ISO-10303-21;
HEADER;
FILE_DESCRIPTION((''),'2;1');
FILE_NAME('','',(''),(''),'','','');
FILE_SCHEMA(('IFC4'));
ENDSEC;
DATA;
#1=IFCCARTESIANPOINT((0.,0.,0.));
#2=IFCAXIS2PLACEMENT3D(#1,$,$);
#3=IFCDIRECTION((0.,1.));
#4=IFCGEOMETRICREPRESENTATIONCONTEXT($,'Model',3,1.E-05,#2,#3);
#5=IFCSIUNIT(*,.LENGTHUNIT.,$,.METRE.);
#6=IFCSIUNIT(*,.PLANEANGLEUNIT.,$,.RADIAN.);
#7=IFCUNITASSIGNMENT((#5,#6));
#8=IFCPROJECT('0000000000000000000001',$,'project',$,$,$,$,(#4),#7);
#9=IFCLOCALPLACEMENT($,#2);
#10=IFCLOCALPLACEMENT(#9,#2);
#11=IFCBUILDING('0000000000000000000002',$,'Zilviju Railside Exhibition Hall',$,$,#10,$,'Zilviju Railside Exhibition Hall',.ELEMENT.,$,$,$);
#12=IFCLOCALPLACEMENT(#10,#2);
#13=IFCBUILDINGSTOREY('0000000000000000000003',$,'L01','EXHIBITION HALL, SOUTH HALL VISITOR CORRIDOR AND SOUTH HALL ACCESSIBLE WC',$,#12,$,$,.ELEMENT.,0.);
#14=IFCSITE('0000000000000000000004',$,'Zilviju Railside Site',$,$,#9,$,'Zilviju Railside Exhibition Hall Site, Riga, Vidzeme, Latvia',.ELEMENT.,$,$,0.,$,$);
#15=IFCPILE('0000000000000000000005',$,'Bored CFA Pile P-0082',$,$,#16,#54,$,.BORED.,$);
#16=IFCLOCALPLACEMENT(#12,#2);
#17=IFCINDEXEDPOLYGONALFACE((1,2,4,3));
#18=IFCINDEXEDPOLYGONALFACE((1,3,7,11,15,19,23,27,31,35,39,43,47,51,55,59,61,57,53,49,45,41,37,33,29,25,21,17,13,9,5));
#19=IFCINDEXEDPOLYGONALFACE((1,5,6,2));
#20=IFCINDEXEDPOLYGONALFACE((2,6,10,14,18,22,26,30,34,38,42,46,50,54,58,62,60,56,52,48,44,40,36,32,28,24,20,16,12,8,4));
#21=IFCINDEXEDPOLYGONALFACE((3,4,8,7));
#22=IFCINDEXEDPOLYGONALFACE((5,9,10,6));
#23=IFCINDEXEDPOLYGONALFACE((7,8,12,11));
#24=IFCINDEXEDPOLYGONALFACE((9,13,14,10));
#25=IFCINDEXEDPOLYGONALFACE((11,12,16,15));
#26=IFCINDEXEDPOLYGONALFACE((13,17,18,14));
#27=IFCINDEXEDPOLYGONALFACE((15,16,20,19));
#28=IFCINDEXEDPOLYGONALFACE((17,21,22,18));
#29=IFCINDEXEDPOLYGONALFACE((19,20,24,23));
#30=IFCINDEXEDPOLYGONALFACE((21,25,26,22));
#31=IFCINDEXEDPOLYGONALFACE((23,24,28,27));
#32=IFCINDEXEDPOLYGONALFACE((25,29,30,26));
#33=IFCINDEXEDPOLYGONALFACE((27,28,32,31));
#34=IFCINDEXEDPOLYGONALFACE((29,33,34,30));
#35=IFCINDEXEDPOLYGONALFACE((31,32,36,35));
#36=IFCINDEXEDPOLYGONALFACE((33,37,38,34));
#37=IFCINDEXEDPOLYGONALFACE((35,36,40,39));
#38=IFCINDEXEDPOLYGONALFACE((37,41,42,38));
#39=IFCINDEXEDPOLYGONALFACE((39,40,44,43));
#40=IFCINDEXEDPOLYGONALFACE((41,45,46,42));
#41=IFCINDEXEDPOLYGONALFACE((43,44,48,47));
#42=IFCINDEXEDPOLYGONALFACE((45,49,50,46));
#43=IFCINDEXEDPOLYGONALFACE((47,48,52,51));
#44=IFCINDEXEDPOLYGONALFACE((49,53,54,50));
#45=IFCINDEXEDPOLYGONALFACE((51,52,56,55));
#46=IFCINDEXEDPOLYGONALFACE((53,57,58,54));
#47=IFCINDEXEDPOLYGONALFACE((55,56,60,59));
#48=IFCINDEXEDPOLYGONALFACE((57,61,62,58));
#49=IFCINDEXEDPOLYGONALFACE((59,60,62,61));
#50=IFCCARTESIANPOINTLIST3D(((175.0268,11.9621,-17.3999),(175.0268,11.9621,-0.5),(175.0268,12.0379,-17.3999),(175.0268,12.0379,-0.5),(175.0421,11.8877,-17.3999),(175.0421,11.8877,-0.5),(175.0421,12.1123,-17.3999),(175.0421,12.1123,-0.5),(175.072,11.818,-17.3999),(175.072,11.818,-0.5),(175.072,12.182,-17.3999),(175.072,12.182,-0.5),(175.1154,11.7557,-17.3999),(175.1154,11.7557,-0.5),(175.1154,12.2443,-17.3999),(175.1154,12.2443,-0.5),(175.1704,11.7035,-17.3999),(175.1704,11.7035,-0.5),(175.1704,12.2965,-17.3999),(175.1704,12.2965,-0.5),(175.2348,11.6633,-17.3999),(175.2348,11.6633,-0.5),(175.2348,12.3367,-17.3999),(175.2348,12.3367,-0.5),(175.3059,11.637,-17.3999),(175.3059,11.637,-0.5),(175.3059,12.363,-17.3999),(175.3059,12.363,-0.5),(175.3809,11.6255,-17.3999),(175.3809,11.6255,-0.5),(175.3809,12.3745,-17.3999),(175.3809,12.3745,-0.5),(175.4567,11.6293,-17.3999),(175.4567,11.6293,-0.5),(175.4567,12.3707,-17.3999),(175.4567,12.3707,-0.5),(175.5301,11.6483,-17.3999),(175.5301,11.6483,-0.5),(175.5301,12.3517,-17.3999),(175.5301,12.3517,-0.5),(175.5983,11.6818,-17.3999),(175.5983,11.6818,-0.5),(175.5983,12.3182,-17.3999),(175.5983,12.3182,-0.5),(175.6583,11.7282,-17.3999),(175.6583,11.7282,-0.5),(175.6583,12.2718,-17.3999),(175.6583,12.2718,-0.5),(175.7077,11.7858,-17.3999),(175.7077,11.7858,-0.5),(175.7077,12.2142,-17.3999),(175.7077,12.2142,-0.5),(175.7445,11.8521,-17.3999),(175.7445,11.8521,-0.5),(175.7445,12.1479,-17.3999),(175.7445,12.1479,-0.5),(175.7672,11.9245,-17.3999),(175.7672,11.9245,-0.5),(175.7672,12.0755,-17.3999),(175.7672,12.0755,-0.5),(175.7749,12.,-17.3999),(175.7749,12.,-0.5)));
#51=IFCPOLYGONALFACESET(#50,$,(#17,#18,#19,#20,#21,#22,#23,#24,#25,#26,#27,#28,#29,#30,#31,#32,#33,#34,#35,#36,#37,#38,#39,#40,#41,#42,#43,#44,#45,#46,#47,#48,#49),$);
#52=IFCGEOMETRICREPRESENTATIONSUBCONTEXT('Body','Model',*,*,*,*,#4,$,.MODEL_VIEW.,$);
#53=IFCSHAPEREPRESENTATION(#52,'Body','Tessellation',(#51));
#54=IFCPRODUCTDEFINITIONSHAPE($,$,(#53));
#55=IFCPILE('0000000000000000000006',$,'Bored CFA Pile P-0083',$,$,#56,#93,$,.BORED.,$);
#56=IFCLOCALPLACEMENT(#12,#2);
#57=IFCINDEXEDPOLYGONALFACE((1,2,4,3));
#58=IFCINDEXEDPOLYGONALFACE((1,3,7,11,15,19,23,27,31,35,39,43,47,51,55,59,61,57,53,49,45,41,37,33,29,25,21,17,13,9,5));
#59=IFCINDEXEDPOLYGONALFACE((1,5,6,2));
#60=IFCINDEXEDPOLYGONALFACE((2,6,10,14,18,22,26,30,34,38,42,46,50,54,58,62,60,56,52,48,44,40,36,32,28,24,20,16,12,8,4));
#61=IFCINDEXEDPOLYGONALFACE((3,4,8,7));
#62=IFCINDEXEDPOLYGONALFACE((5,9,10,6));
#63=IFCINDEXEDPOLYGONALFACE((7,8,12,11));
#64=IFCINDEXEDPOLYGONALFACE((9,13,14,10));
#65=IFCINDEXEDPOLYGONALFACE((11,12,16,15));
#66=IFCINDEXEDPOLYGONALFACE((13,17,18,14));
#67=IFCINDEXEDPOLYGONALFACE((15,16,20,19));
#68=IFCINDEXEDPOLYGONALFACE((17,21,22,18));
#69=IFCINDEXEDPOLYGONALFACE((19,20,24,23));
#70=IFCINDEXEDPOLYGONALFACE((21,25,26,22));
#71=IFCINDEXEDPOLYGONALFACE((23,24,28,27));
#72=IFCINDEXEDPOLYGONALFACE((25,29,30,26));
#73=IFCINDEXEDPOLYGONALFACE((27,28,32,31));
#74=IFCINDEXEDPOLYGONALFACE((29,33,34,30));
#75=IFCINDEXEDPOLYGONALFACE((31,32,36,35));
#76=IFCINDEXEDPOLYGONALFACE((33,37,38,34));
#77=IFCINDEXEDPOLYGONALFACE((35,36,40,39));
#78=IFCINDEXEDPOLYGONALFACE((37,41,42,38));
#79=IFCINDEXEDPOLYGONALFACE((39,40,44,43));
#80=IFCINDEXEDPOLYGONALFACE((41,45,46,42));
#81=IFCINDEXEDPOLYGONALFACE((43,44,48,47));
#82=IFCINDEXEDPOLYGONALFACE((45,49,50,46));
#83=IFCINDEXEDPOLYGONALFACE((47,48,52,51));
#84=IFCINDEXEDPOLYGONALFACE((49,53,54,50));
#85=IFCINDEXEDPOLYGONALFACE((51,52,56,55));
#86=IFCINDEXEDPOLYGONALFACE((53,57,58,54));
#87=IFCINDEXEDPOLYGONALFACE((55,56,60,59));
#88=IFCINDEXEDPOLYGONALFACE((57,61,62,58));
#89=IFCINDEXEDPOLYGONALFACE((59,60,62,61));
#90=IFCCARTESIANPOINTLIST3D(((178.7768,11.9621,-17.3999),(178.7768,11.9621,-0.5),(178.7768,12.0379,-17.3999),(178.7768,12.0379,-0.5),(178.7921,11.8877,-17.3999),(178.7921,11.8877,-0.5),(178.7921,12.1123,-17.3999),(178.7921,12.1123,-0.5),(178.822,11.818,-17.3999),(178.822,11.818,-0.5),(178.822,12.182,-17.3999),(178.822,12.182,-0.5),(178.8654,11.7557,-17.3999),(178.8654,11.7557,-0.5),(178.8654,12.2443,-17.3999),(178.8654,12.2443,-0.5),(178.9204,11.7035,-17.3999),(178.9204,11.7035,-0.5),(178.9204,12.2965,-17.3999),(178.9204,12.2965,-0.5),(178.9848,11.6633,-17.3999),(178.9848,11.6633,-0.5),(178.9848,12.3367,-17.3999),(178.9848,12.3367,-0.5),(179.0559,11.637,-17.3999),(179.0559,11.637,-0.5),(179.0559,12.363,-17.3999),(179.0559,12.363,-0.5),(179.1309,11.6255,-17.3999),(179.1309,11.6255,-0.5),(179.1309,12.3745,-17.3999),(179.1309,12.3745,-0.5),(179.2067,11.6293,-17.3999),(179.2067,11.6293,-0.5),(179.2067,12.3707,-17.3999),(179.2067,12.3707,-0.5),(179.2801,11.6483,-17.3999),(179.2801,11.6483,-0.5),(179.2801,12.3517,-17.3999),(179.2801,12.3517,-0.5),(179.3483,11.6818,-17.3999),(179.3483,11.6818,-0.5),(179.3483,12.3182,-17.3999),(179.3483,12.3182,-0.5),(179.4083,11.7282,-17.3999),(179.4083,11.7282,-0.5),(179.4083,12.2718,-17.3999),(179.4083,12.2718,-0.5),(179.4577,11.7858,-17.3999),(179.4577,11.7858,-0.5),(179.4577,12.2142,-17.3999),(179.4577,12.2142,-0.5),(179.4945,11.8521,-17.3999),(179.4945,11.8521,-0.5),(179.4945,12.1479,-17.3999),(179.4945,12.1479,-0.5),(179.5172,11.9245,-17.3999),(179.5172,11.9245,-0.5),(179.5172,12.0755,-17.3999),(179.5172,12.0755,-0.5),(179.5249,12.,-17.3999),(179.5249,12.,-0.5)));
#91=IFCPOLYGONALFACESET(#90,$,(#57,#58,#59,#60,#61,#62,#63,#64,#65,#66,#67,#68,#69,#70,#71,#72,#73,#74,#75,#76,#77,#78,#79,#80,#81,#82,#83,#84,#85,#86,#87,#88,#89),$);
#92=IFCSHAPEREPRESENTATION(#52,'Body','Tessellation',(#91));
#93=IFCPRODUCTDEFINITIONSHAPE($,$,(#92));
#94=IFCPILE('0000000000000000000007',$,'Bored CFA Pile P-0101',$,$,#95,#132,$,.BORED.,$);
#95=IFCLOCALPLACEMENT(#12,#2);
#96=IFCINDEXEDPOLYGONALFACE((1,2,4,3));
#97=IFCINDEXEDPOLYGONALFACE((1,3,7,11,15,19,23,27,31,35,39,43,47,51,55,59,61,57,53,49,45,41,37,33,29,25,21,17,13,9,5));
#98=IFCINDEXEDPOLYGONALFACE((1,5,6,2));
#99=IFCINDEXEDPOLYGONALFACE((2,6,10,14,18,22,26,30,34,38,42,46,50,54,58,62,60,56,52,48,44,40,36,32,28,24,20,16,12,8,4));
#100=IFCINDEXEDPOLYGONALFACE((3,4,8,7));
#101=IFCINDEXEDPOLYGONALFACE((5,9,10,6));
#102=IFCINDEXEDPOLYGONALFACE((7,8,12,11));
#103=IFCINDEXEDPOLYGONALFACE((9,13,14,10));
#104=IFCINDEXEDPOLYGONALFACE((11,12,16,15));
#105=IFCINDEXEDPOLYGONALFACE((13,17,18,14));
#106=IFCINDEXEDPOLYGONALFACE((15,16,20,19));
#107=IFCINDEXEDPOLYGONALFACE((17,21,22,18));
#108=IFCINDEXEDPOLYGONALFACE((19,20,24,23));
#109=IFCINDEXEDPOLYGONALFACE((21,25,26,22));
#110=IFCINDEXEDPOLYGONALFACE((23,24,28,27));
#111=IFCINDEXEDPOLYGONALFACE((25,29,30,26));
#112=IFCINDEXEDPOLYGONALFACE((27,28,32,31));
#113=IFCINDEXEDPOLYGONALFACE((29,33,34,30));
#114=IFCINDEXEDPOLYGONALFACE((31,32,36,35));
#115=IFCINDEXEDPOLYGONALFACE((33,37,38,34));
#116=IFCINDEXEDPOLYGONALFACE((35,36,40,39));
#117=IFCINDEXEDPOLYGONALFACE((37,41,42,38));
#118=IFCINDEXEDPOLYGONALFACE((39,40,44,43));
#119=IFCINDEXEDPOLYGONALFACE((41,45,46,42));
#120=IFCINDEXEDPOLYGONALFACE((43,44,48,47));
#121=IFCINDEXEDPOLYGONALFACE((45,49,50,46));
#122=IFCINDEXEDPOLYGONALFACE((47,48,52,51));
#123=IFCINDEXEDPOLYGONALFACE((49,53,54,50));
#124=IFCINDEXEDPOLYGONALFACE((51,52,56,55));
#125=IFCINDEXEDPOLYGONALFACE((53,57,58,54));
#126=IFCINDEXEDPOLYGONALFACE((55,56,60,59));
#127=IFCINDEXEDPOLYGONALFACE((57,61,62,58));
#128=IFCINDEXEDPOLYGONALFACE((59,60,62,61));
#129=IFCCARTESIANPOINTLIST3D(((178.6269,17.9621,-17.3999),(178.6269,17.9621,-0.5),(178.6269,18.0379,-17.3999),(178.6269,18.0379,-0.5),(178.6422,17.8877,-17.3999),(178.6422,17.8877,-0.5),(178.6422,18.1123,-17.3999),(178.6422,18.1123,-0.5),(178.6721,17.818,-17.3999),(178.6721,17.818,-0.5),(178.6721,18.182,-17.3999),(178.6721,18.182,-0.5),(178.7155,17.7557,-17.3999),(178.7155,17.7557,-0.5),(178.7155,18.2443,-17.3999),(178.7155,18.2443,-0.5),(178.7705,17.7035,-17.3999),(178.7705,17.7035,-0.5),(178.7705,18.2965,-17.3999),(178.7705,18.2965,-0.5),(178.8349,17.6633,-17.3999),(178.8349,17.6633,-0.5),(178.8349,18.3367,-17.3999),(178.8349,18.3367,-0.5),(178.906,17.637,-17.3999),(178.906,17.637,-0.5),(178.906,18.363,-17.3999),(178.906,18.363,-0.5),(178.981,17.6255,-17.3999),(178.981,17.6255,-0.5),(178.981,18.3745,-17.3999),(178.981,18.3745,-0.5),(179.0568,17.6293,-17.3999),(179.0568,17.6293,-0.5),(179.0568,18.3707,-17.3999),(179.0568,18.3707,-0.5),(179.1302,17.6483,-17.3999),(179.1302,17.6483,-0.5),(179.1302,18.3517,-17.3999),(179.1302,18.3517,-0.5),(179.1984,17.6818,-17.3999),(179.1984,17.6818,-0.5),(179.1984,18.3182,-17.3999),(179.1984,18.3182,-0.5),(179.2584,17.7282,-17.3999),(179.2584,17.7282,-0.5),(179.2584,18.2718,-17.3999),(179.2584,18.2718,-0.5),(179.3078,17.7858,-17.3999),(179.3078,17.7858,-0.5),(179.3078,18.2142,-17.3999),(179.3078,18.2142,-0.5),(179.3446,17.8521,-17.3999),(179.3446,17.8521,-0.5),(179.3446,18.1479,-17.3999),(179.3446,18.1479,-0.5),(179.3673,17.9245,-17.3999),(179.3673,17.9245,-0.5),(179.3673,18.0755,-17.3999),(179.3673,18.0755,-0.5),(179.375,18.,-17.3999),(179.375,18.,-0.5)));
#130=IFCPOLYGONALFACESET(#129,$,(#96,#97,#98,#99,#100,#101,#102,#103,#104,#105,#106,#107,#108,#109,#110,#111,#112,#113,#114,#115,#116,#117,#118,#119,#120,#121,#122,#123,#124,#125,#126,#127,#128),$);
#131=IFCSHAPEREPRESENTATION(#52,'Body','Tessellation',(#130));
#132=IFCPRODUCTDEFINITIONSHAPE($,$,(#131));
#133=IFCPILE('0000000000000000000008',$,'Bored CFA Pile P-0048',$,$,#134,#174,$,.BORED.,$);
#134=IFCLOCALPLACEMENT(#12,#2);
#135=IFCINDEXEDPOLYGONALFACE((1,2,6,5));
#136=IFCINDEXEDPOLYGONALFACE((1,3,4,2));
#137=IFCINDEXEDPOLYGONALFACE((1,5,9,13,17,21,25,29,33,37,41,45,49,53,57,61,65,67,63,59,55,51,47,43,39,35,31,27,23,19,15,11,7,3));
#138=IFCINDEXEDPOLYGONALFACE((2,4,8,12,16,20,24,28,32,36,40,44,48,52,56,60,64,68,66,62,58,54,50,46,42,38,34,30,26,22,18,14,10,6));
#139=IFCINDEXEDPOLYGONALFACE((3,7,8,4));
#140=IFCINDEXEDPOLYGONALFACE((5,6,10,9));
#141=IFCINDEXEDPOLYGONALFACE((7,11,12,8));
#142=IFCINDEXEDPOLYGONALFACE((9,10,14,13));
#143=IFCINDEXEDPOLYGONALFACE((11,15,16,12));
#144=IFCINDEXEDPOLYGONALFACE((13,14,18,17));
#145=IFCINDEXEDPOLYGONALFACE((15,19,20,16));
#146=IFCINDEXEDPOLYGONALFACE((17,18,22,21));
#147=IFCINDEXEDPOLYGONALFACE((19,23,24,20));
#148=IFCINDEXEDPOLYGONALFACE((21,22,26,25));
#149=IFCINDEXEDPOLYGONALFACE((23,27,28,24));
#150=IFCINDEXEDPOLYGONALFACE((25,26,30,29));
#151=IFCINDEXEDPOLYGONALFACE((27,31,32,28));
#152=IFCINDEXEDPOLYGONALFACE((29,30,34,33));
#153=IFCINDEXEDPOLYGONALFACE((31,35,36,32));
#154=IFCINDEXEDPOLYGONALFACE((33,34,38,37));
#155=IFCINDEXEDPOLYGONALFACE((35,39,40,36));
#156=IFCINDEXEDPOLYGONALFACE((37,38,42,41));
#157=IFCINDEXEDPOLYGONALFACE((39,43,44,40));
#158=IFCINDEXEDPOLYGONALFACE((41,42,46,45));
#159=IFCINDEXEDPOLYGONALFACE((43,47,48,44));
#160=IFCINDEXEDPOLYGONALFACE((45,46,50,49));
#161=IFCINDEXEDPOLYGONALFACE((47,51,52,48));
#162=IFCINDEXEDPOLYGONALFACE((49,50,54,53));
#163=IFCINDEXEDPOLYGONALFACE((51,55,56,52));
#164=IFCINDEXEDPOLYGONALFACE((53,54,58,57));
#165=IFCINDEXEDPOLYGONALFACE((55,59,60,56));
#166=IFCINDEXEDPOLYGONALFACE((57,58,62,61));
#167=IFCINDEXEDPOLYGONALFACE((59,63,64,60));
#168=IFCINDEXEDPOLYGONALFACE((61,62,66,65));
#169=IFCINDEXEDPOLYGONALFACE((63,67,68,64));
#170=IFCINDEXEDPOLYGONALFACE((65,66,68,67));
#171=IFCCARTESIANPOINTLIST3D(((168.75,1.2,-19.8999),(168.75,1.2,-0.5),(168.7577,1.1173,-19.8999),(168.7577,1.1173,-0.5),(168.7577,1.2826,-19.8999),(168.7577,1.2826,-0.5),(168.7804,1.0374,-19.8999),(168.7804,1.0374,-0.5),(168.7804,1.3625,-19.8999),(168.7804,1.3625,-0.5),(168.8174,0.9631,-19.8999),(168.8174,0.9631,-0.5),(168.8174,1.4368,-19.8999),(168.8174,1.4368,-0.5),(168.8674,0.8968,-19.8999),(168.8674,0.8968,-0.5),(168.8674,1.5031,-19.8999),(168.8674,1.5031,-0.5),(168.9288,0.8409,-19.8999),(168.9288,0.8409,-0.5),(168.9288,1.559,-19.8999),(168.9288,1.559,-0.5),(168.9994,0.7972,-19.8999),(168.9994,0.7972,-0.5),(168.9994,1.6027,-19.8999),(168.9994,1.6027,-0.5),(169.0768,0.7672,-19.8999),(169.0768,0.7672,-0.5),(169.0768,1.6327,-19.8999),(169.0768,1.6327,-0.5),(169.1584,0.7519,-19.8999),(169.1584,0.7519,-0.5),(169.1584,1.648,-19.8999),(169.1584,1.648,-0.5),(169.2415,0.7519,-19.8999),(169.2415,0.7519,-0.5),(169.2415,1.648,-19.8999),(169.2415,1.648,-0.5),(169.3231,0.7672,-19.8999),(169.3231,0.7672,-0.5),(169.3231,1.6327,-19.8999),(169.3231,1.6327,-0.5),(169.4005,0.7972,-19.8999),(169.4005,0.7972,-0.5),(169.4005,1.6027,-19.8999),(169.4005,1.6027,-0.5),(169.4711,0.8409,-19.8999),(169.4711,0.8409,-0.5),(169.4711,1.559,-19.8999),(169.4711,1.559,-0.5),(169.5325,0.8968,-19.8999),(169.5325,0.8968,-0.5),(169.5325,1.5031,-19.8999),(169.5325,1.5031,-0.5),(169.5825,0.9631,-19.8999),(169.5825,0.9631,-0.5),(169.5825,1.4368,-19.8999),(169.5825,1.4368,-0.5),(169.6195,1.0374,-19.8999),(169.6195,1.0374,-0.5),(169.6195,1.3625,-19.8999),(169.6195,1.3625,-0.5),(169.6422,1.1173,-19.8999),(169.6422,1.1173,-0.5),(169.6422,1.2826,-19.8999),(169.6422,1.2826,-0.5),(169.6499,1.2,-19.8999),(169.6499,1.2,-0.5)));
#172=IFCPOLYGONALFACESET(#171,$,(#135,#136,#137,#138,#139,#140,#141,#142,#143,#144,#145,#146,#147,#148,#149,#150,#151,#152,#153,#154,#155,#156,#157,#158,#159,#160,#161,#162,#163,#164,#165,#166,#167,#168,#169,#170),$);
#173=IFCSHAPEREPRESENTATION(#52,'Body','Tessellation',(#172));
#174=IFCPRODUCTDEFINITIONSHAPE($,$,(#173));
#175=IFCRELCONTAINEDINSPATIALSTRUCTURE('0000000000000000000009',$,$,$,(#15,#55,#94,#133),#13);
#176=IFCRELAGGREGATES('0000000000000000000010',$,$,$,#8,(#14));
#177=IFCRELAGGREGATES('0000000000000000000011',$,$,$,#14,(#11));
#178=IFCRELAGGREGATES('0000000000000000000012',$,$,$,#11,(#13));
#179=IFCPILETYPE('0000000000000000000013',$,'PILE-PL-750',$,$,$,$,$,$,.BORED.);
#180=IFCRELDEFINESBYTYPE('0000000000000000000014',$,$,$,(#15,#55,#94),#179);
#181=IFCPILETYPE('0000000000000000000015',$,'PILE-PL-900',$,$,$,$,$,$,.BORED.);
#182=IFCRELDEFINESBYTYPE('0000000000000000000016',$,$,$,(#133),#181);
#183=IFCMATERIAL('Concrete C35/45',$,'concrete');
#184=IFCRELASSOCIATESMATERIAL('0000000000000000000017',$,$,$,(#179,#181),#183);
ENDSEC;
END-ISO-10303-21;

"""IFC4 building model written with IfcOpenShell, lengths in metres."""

from ifc_helpers import new_model, si_unit, direction, frame, origin, origin_2d, place, context, subcontext, project, spatial, circle, extrude, material, material_profile, profile_set, type_object, element, save


model = new_model("IFC4")

# Units and contexts
model_context = context("Model", 3, precision=1e-05, world=origin(), true_north=direction((0.0, 1.0)))
body_context = subcontext(model_context, "Body", "Model", "MODEL_VIEW")
ifc_project = project(units=[si_unit("LENGTHUNIT", "METRE"), si_unit("PLANEANGLEUNIT", "RADIAN")], contexts=[model_context])

# Site, building, storey
site_placement = place(None, origin())
site = spatial("IfcSite", under=ifc_project, at=site_placement, Name="Zilviju Railside Site", LongName="Zilviju Railside Exhibition Hall Site, Riga, Vidzeme, Latvia", CompositionType="ELEMENT", RefElevation=0.0)
building_placement = place(site_placement, origin())
building = spatial("IfcBuilding", under=site, at=building_placement, Name="Zilviju Railside Exhibition Hall", LongName="Zilviju Railside Exhibition Hall", CompositionType="ELEMENT")
storey_placement = place(building_placement, origin())
storey = spatial("IfcBuildingStorey", under=building, at=storey_placement, Name="L01", Description="EXHIBITION HALL, SOUTH HALL VISITOR CORRIDOR AND SOUTH HALL ACCESSIBLE WC", CompositionType="ELEMENT", Elevation=0.0)

# Shared definitions
ifc_material_1 = material(Name="Concrete C35/45", Category="concrete")

# Piles
ifc_material_profile_1 = material_profile(ifc_material_1, circle(Radius=0.375, at=origin_2d()), Name="CFA PILE D750")
ifc_profile_set_1 = profile_set([ifc_material_profile_1], Name="Concrete C35/45")
pile_type_1 = type_object("IfcPileType", Name="PILE-PL-750", PredefinedType="BORED", material=ifc_profile_set_1)
for number, where, z_axis, x_axis, name in (
    (1, (175.3999, 12.0, -0.5), (0.0, 0.0, -1.0), (1.0, 0.0, 0.0), "Bored CFA Pile P-0082"),
    (2, (179.1499, 12.0, -0.5), (0.0, 0.0, -1.0), (1.0, 0.0, 0.0), "Bored CFA Pile P-0083"),
    (3, (179.0, 18.0, -0.5), (0.0, 0.0, -1.0), (1.0, 0.0, 0.0), "Bored CFA Pile P-0101"),
):
    element("IfcPile", number, at=place(storey_placement, frame(where, z_axis=z_axis, x_axis=x_axis)), inside=storey, type_object=pile_type_1, Name=name, PredefinedType="BORED", context=body_context, shape_type="SweptSolid", body=[
        extrude(circle(Radius=0.375, at=origin_2d()), origin(), (0.0, 0.0, 1.0), 16.8999),
    ])
ifc_material_profile_2 = material_profile(ifc_material_1, circle(Radius=0.45, at=origin_2d()), Name="CFA PILE D900")
ifc_profile_set_2 = profile_set([ifc_material_profile_2], Name="Concrete C35/45")
pile_type_2 = type_object("IfcPileType", Name="PILE-PL-900", PredefinedType="BORED", material=ifc_profile_set_2)
for number, where, z_axis, x_axis, name in (
    (4, (169.2, 1.2, -0.5), (0.0, 0.0, -1.0), (1.0, 0.0, 0.0), "Bored CFA Pile P-0048"),
):
    element("IfcPile", number, at=place(storey_placement, frame(where, z_axis=z_axis, x_axis=x_axis)), inside=storey, type_object=pile_type_2, Name=name, PredefinedType="BORED", context=body_context, shape_type="SweptSolid", body=[
        extrude(circle(Radius=0.45, at=origin_2d()), origin(), (0.0, 0.0, 1.0), 19.3999),
    ])

save(model, "model.ifc")
